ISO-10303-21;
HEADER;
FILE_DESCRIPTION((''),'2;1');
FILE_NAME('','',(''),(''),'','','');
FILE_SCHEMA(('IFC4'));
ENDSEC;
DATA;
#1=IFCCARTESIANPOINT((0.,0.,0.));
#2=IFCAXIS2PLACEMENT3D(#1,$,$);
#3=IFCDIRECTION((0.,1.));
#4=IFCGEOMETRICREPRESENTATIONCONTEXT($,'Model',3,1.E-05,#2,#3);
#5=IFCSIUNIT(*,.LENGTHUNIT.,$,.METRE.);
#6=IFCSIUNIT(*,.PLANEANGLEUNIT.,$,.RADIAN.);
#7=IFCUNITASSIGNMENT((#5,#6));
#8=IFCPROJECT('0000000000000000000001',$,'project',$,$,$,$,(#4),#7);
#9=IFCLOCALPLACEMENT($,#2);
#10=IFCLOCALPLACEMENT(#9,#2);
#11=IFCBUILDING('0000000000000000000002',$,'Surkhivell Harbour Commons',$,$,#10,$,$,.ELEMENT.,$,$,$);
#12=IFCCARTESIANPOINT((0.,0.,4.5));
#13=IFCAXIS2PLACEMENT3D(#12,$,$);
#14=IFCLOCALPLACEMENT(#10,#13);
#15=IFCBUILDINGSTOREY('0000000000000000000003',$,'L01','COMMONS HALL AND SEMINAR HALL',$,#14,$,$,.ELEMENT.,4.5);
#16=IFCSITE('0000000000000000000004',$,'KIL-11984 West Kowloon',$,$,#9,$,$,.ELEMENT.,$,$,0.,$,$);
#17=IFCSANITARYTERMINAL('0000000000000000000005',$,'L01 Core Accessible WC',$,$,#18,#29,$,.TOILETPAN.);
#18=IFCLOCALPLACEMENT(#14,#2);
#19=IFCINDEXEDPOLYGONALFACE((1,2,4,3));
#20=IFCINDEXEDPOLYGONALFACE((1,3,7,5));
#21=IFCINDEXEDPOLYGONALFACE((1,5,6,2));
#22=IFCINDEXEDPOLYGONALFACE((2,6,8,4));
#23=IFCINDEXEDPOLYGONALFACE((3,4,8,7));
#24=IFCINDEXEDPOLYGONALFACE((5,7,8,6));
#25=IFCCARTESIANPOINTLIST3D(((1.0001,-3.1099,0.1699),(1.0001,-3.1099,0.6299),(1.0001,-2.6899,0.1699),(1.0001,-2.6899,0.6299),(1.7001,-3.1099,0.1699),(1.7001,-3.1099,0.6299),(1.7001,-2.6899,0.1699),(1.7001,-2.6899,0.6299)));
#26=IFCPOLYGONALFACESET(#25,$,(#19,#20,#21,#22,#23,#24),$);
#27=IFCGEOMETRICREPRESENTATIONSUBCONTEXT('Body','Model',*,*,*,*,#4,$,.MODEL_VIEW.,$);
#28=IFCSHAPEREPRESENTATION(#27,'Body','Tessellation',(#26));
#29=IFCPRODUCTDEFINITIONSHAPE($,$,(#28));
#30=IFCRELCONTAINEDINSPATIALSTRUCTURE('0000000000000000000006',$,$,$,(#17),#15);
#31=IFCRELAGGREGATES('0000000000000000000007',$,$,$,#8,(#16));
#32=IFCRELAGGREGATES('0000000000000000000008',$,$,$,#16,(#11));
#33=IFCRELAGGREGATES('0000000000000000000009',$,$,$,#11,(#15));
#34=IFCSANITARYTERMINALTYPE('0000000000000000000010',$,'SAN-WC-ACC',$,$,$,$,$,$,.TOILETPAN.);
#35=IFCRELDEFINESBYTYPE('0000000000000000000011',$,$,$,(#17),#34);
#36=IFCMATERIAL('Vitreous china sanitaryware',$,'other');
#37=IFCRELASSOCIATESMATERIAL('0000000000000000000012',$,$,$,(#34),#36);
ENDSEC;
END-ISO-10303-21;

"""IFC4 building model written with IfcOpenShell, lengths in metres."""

from ifc_helpers import new_model, si_unit, direction, frame, origin, origin_2d, place, context, subcontext, project, spatial, rectangle, extrude, material, type_object, element, save


model = new_model("IFC4")

# Units and contexts
model_context = context("Model", 3, precision=1e-05, world=origin(), true_north=direction((0.0, 1.0)))
body_context = subcontext(model_context, "Body", "Model", "MODEL_VIEW")
ifc_project = project(units=[si_unit("LENGTHUNIT", "METRE"), si_unit("PLANEANGLEUNIT", "RADIAN")], contexts=[model_context])

# Site, building, storey
site_placement = place(None, origin())
site = spatial("IfcSite", under=ifc_project, at=site_placement, Name="KIL-11984 West Kowloon", CompositionType="ELEMENT", RefElevation=0.0)
building_placement = place(site_placement, origin())
building = spatial("IfcBuilding", under=site, at=building_placement, Name="Surkhivell Harbour Commons", CompositionType="ELEMENT")
storey_placement = place(building_placement, frame((0.0, 0.0, 4.5)))
storey = spatial("IfcBuildingStorey", under=building, at=storey_placement, Name="L01", Description="COMMONS HALL AND SEMINAR HALL", CompositionType="ELEMENT", Elevation=4.5)

# Sanitary terminal
ifc_material_1 = material(Name="Vitreous china sanitaryware", Category="other")
sanitary_terminal_type_1 = type_object("IfcSanitaryTerminalType", Name="SAN-WC-ACC", PredefinedType="TOILETPAN", material=ifc_material_1)
sanitary_terminal_1_placement = place(storey_placement, frame((1.3501, -2.8999, 0.1699), z_axis=(0.0, 0.0, 1.0), x_axis=(1.0, 0.0, 0.0)))
element("IfcSanitaryTerminal", 1, at=sanitary_terminal_1_placement, inside=storey, type_object=sanitary_terminal_type_1, Name="L01 Core Accessible WC", PredefinedType="TOILETPAN", context=body_context, shape_type="SweptSolid", body=[
    extrude(rectangle(XDim=0.7, YDim=0.4199, at=origin_2d()), origin(), (0.0, 0.0, 1.0), 0.46),
])

save(model, "model.ifc")
